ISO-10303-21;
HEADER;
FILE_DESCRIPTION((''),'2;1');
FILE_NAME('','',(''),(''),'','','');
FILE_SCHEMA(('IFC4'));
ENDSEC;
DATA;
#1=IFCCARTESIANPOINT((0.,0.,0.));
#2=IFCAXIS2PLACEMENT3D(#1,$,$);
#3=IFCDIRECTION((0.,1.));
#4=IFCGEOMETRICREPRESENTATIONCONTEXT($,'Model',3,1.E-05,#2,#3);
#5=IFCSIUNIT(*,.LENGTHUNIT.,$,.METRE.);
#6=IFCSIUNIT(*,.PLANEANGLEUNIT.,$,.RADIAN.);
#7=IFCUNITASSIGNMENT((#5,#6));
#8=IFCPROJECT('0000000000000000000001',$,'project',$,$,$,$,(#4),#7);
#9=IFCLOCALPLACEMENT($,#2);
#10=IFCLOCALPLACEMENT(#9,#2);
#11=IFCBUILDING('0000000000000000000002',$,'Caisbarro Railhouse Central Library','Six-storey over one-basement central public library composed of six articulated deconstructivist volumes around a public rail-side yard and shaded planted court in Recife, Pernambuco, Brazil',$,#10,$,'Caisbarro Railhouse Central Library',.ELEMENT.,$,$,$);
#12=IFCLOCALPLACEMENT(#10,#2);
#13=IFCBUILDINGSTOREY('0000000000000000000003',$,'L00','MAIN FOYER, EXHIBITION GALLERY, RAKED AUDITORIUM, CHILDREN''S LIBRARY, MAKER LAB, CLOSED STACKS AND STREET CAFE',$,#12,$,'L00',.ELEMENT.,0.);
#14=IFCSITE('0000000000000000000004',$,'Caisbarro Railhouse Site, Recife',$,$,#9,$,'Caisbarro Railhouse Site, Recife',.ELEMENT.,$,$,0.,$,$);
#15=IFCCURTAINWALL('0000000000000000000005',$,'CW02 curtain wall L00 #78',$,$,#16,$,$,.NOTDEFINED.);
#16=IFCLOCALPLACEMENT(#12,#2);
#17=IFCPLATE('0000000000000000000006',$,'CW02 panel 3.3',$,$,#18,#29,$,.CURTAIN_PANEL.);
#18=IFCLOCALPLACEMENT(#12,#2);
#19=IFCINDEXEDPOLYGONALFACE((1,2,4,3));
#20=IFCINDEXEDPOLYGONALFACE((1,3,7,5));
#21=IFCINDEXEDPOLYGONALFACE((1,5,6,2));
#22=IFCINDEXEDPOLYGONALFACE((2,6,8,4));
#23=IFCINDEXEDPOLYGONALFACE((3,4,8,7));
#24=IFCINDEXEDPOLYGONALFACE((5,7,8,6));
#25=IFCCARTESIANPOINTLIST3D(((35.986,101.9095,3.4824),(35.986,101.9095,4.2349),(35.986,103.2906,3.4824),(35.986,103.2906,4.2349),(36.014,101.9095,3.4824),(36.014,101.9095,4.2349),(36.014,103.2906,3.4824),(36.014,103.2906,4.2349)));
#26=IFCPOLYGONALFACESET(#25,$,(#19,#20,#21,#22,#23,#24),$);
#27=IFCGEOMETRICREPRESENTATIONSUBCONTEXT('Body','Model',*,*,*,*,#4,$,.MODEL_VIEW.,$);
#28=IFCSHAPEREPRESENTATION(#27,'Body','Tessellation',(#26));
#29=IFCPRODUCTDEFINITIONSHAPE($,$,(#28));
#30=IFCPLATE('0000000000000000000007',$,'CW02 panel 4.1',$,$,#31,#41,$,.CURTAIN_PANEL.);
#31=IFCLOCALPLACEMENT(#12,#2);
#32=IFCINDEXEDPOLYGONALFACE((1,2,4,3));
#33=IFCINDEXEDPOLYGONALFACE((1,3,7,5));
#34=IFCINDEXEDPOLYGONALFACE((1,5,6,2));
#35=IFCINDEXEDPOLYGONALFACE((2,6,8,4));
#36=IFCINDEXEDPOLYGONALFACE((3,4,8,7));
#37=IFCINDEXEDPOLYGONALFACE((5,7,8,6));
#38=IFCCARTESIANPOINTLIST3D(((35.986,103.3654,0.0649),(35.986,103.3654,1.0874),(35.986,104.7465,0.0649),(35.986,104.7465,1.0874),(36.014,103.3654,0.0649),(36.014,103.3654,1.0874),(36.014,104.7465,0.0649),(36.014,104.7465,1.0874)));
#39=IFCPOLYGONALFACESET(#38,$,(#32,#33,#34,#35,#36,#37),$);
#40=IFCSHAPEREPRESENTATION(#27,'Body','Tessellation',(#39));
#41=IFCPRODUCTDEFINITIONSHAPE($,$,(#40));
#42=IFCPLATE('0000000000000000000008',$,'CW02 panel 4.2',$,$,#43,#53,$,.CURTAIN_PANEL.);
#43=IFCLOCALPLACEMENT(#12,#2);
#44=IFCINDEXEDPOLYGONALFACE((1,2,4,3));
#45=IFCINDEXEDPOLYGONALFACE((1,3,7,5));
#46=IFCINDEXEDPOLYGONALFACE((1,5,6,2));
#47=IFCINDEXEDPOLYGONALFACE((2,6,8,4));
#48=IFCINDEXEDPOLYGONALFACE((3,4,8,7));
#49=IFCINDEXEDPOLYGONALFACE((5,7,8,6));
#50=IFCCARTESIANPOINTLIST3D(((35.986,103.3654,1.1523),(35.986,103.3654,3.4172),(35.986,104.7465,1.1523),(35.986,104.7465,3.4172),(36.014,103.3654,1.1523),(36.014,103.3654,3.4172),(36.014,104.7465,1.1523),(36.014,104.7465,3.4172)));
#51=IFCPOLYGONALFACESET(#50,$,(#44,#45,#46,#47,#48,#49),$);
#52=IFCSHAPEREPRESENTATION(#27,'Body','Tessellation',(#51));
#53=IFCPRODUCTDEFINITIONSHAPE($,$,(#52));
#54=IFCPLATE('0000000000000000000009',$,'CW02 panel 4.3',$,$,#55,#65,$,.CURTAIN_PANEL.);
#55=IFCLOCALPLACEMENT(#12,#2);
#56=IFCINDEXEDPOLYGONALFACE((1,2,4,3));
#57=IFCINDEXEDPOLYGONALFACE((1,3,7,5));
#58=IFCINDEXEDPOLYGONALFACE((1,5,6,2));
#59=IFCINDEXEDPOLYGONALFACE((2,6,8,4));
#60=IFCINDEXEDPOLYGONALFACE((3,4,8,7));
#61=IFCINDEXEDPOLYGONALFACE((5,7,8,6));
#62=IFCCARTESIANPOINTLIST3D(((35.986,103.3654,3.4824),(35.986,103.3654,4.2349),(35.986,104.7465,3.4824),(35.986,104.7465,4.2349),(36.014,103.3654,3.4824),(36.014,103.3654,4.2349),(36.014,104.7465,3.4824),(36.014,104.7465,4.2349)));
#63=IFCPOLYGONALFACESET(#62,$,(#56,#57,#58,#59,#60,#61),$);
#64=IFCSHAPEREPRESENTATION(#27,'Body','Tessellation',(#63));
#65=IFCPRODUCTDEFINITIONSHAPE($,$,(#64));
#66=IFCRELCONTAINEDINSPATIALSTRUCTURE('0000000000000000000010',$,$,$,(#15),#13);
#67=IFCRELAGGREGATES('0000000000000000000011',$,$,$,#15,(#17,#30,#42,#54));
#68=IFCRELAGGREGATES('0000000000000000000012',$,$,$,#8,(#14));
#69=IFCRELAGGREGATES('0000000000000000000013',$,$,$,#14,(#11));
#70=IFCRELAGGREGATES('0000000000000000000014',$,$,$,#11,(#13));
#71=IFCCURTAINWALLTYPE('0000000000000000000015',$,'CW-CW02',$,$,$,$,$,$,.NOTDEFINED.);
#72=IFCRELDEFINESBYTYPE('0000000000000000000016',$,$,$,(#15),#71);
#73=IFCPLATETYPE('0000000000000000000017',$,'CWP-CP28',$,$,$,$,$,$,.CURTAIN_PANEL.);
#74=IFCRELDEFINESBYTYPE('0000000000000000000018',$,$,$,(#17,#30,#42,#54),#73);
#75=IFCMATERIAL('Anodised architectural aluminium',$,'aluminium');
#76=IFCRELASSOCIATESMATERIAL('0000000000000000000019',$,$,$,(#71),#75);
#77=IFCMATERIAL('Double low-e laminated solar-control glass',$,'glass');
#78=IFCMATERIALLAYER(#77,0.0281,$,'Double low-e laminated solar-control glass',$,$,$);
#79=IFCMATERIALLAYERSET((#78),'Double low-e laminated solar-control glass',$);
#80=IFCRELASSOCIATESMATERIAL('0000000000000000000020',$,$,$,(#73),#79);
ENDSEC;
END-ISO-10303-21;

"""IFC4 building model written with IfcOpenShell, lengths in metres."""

from ifc_helpers import new_model, si_unit, direction, frame, origin, origin_2d, place, context, subcontext, project, spatial, rectangle, extrude, material, layer, layer_set, type_object, element, aggregate, save


model = new_model("IFC4")

# Units and contexts
model_context = context("Model", 3, precision=1e-05, world=origin(), true_north=direction((0.0, 1.0)))
body_context = subcontext(model_context, "Body", "Model", "MODEL_VIEW")
ifc_project = project(units=[si_unit("LENGTHUNIT", "METRE"), si_unit("PLANEANGLEUNIT", "RADIAN")], contexts=[model_context])

# Site, building, storey
site_placement = place(None, origin())
site = spatial("IfcSite", under=ifc_project, at=site_placement, Name="Caisbarro Railhouse Site, Recife", LongName="Caisbarro Railhouse Site, Recife", CompositionType="ELEMENT", RefElevation=0.0)
building_placement = place(site_placement, origin())
building = spatial("IfcBuilding", under=site, at=building_placement, Name="Caisbarro Railhouse Central Library", Description="Six-storey over one-basement central public library composed of six articulated deconstructivist volumes around a public rail-side yard and shaded planted court in Recife, Pernambuco, Brazil", LongName="Caisbarro Railhouse Central Library", CompositionType="ELEMENT")
storey_placement = place(building_placement, origin())
storey = spatial("IfcBuildingStorey", under=building, at=storey_placement, Name="L00", Description="MAIN FOYER, EXHIBITION GALLERY, RAKED AUDITORIUM, CHILDREN'S LIBRARY, MAKER LAB, CLOSED STACKS AND STREET CAFE", LongName="L00", CompositionType="ELEMENT", Elevation=0.0)

# Curtain wall, plates
ifc_material_1 = material(Name="Anodised architectural aluminium", Category="aluminium")
curtain_wall_type = type_object("IfcCurtainWallType", Name="CW-CW02", PredefinedType="NOTDEFINED", material=ifc_material_1)
curtain_wall_placement = place(storey_placement, origin())
curtain_wall = element("IfcCurtainWall", 1, at=curtain_wall_placement, inside=storey, type_object=curtain_wall_type, Name="CW02 curtain wall L00 #78", PredefinedType="NOTDEFINED")
ifc_material_2 = material(Name="Double low-e laminated solar-control glass", Category="glass")
ifc_layer = layer(ifc_material_2, 0.0281, Name="Double low-e laminated solar-control glass")
ifc_layer_set = layer_set([ifc_layer], Name="Double low-e laminated solar-control glass")
plate_type = type_object("IfcPlateType", Name="CWP-CP28", PredefinedType="CURTAIN_PANEL", material=ifc_layer_set)
plate_1_placement = place(storey_placement, frame((36.0, 102.6001, 3.4824), z_axis=(0.0, 0.0, 1.0), x_axis=(0.0, 1.0, 0.0)))
plate_1 = element("IfcPlate", 2, at=plate_1_placement, type_object=plate_type, Name="CW02 panel 3.3", PredefinedType="CURTAIN_PANEL", context=body_context, shape_type="SweptSolid", body=[
    extrude(rectangle(XDim=1.3811, YDim=0.0281, at=origin_2d()), origin(), (0.0, 0.0, 1.0), 0.7524),
])
plate_2_placement = place(storey_placement, frame((36.0, 104.0559, 0.0649), z_axis=(0.0, 0.0, 1.0), x_axis=(0.0, 1.0, 0.0)))
plate_2 = element("IfcPlate", 3, at=plate_2_placement, type_object=plate_type, Name="CW02 panel 4.1", PredefinedType="CURTAIN_PANEL", context=body_context, shape_type="SweptSolid", body=[
    extrude(rectangle(XDim=1.3811, YDim=0.0281, at=origin_2d()), origin(), (0.0, 0.0, 1.0), 1.0225),
])
plate_3_placement = place(storey_placement, frame((36.0, 104.0559, 1.1523), z_axis=(0.0, 0.0, 1.0), x_axis=(0.0, 1.0, 0.0)))
plate_3 = element("IfcPlate", 4, at=plate_3_placement, type_object=plate_type, Name="CW02 panel 4.2", PredefinedType="CURTAIN_PANEL", context=body_context, shape_type="SweptSolid", body=[
    extrude(rectangle(XDim=1.3811, YDim=0.0281, at=origin_2d()), origin(), (0.0, 0.0, 1.0), 2.2649),
])
plate_4_placement = place(storey_placement, frame((36.0, 104.0559, 3.4824), z_axis=(0.0, 0.0, 1.0), x_axis=(0.0, 1.0, 0.0)))
plate_4 = element("IfcPlate", 5, at=plate_4_placement, type_object=plate_type, Name="CW02 panel 4.3", PredefinedType="CURTAIN_PANEL", context=body_context, shape_type="SweptSolid", body=[
    extrude(rectangle(XDim=1.3811, YDim=0.0281, at=origin_2d()), origin(), (0.0, 0.0, 1.0), 0.7524),
])
aggregate(curtain_wall, [plate_1, plate_2, plate_3, plate_4])

save(model, "model.ifc")
